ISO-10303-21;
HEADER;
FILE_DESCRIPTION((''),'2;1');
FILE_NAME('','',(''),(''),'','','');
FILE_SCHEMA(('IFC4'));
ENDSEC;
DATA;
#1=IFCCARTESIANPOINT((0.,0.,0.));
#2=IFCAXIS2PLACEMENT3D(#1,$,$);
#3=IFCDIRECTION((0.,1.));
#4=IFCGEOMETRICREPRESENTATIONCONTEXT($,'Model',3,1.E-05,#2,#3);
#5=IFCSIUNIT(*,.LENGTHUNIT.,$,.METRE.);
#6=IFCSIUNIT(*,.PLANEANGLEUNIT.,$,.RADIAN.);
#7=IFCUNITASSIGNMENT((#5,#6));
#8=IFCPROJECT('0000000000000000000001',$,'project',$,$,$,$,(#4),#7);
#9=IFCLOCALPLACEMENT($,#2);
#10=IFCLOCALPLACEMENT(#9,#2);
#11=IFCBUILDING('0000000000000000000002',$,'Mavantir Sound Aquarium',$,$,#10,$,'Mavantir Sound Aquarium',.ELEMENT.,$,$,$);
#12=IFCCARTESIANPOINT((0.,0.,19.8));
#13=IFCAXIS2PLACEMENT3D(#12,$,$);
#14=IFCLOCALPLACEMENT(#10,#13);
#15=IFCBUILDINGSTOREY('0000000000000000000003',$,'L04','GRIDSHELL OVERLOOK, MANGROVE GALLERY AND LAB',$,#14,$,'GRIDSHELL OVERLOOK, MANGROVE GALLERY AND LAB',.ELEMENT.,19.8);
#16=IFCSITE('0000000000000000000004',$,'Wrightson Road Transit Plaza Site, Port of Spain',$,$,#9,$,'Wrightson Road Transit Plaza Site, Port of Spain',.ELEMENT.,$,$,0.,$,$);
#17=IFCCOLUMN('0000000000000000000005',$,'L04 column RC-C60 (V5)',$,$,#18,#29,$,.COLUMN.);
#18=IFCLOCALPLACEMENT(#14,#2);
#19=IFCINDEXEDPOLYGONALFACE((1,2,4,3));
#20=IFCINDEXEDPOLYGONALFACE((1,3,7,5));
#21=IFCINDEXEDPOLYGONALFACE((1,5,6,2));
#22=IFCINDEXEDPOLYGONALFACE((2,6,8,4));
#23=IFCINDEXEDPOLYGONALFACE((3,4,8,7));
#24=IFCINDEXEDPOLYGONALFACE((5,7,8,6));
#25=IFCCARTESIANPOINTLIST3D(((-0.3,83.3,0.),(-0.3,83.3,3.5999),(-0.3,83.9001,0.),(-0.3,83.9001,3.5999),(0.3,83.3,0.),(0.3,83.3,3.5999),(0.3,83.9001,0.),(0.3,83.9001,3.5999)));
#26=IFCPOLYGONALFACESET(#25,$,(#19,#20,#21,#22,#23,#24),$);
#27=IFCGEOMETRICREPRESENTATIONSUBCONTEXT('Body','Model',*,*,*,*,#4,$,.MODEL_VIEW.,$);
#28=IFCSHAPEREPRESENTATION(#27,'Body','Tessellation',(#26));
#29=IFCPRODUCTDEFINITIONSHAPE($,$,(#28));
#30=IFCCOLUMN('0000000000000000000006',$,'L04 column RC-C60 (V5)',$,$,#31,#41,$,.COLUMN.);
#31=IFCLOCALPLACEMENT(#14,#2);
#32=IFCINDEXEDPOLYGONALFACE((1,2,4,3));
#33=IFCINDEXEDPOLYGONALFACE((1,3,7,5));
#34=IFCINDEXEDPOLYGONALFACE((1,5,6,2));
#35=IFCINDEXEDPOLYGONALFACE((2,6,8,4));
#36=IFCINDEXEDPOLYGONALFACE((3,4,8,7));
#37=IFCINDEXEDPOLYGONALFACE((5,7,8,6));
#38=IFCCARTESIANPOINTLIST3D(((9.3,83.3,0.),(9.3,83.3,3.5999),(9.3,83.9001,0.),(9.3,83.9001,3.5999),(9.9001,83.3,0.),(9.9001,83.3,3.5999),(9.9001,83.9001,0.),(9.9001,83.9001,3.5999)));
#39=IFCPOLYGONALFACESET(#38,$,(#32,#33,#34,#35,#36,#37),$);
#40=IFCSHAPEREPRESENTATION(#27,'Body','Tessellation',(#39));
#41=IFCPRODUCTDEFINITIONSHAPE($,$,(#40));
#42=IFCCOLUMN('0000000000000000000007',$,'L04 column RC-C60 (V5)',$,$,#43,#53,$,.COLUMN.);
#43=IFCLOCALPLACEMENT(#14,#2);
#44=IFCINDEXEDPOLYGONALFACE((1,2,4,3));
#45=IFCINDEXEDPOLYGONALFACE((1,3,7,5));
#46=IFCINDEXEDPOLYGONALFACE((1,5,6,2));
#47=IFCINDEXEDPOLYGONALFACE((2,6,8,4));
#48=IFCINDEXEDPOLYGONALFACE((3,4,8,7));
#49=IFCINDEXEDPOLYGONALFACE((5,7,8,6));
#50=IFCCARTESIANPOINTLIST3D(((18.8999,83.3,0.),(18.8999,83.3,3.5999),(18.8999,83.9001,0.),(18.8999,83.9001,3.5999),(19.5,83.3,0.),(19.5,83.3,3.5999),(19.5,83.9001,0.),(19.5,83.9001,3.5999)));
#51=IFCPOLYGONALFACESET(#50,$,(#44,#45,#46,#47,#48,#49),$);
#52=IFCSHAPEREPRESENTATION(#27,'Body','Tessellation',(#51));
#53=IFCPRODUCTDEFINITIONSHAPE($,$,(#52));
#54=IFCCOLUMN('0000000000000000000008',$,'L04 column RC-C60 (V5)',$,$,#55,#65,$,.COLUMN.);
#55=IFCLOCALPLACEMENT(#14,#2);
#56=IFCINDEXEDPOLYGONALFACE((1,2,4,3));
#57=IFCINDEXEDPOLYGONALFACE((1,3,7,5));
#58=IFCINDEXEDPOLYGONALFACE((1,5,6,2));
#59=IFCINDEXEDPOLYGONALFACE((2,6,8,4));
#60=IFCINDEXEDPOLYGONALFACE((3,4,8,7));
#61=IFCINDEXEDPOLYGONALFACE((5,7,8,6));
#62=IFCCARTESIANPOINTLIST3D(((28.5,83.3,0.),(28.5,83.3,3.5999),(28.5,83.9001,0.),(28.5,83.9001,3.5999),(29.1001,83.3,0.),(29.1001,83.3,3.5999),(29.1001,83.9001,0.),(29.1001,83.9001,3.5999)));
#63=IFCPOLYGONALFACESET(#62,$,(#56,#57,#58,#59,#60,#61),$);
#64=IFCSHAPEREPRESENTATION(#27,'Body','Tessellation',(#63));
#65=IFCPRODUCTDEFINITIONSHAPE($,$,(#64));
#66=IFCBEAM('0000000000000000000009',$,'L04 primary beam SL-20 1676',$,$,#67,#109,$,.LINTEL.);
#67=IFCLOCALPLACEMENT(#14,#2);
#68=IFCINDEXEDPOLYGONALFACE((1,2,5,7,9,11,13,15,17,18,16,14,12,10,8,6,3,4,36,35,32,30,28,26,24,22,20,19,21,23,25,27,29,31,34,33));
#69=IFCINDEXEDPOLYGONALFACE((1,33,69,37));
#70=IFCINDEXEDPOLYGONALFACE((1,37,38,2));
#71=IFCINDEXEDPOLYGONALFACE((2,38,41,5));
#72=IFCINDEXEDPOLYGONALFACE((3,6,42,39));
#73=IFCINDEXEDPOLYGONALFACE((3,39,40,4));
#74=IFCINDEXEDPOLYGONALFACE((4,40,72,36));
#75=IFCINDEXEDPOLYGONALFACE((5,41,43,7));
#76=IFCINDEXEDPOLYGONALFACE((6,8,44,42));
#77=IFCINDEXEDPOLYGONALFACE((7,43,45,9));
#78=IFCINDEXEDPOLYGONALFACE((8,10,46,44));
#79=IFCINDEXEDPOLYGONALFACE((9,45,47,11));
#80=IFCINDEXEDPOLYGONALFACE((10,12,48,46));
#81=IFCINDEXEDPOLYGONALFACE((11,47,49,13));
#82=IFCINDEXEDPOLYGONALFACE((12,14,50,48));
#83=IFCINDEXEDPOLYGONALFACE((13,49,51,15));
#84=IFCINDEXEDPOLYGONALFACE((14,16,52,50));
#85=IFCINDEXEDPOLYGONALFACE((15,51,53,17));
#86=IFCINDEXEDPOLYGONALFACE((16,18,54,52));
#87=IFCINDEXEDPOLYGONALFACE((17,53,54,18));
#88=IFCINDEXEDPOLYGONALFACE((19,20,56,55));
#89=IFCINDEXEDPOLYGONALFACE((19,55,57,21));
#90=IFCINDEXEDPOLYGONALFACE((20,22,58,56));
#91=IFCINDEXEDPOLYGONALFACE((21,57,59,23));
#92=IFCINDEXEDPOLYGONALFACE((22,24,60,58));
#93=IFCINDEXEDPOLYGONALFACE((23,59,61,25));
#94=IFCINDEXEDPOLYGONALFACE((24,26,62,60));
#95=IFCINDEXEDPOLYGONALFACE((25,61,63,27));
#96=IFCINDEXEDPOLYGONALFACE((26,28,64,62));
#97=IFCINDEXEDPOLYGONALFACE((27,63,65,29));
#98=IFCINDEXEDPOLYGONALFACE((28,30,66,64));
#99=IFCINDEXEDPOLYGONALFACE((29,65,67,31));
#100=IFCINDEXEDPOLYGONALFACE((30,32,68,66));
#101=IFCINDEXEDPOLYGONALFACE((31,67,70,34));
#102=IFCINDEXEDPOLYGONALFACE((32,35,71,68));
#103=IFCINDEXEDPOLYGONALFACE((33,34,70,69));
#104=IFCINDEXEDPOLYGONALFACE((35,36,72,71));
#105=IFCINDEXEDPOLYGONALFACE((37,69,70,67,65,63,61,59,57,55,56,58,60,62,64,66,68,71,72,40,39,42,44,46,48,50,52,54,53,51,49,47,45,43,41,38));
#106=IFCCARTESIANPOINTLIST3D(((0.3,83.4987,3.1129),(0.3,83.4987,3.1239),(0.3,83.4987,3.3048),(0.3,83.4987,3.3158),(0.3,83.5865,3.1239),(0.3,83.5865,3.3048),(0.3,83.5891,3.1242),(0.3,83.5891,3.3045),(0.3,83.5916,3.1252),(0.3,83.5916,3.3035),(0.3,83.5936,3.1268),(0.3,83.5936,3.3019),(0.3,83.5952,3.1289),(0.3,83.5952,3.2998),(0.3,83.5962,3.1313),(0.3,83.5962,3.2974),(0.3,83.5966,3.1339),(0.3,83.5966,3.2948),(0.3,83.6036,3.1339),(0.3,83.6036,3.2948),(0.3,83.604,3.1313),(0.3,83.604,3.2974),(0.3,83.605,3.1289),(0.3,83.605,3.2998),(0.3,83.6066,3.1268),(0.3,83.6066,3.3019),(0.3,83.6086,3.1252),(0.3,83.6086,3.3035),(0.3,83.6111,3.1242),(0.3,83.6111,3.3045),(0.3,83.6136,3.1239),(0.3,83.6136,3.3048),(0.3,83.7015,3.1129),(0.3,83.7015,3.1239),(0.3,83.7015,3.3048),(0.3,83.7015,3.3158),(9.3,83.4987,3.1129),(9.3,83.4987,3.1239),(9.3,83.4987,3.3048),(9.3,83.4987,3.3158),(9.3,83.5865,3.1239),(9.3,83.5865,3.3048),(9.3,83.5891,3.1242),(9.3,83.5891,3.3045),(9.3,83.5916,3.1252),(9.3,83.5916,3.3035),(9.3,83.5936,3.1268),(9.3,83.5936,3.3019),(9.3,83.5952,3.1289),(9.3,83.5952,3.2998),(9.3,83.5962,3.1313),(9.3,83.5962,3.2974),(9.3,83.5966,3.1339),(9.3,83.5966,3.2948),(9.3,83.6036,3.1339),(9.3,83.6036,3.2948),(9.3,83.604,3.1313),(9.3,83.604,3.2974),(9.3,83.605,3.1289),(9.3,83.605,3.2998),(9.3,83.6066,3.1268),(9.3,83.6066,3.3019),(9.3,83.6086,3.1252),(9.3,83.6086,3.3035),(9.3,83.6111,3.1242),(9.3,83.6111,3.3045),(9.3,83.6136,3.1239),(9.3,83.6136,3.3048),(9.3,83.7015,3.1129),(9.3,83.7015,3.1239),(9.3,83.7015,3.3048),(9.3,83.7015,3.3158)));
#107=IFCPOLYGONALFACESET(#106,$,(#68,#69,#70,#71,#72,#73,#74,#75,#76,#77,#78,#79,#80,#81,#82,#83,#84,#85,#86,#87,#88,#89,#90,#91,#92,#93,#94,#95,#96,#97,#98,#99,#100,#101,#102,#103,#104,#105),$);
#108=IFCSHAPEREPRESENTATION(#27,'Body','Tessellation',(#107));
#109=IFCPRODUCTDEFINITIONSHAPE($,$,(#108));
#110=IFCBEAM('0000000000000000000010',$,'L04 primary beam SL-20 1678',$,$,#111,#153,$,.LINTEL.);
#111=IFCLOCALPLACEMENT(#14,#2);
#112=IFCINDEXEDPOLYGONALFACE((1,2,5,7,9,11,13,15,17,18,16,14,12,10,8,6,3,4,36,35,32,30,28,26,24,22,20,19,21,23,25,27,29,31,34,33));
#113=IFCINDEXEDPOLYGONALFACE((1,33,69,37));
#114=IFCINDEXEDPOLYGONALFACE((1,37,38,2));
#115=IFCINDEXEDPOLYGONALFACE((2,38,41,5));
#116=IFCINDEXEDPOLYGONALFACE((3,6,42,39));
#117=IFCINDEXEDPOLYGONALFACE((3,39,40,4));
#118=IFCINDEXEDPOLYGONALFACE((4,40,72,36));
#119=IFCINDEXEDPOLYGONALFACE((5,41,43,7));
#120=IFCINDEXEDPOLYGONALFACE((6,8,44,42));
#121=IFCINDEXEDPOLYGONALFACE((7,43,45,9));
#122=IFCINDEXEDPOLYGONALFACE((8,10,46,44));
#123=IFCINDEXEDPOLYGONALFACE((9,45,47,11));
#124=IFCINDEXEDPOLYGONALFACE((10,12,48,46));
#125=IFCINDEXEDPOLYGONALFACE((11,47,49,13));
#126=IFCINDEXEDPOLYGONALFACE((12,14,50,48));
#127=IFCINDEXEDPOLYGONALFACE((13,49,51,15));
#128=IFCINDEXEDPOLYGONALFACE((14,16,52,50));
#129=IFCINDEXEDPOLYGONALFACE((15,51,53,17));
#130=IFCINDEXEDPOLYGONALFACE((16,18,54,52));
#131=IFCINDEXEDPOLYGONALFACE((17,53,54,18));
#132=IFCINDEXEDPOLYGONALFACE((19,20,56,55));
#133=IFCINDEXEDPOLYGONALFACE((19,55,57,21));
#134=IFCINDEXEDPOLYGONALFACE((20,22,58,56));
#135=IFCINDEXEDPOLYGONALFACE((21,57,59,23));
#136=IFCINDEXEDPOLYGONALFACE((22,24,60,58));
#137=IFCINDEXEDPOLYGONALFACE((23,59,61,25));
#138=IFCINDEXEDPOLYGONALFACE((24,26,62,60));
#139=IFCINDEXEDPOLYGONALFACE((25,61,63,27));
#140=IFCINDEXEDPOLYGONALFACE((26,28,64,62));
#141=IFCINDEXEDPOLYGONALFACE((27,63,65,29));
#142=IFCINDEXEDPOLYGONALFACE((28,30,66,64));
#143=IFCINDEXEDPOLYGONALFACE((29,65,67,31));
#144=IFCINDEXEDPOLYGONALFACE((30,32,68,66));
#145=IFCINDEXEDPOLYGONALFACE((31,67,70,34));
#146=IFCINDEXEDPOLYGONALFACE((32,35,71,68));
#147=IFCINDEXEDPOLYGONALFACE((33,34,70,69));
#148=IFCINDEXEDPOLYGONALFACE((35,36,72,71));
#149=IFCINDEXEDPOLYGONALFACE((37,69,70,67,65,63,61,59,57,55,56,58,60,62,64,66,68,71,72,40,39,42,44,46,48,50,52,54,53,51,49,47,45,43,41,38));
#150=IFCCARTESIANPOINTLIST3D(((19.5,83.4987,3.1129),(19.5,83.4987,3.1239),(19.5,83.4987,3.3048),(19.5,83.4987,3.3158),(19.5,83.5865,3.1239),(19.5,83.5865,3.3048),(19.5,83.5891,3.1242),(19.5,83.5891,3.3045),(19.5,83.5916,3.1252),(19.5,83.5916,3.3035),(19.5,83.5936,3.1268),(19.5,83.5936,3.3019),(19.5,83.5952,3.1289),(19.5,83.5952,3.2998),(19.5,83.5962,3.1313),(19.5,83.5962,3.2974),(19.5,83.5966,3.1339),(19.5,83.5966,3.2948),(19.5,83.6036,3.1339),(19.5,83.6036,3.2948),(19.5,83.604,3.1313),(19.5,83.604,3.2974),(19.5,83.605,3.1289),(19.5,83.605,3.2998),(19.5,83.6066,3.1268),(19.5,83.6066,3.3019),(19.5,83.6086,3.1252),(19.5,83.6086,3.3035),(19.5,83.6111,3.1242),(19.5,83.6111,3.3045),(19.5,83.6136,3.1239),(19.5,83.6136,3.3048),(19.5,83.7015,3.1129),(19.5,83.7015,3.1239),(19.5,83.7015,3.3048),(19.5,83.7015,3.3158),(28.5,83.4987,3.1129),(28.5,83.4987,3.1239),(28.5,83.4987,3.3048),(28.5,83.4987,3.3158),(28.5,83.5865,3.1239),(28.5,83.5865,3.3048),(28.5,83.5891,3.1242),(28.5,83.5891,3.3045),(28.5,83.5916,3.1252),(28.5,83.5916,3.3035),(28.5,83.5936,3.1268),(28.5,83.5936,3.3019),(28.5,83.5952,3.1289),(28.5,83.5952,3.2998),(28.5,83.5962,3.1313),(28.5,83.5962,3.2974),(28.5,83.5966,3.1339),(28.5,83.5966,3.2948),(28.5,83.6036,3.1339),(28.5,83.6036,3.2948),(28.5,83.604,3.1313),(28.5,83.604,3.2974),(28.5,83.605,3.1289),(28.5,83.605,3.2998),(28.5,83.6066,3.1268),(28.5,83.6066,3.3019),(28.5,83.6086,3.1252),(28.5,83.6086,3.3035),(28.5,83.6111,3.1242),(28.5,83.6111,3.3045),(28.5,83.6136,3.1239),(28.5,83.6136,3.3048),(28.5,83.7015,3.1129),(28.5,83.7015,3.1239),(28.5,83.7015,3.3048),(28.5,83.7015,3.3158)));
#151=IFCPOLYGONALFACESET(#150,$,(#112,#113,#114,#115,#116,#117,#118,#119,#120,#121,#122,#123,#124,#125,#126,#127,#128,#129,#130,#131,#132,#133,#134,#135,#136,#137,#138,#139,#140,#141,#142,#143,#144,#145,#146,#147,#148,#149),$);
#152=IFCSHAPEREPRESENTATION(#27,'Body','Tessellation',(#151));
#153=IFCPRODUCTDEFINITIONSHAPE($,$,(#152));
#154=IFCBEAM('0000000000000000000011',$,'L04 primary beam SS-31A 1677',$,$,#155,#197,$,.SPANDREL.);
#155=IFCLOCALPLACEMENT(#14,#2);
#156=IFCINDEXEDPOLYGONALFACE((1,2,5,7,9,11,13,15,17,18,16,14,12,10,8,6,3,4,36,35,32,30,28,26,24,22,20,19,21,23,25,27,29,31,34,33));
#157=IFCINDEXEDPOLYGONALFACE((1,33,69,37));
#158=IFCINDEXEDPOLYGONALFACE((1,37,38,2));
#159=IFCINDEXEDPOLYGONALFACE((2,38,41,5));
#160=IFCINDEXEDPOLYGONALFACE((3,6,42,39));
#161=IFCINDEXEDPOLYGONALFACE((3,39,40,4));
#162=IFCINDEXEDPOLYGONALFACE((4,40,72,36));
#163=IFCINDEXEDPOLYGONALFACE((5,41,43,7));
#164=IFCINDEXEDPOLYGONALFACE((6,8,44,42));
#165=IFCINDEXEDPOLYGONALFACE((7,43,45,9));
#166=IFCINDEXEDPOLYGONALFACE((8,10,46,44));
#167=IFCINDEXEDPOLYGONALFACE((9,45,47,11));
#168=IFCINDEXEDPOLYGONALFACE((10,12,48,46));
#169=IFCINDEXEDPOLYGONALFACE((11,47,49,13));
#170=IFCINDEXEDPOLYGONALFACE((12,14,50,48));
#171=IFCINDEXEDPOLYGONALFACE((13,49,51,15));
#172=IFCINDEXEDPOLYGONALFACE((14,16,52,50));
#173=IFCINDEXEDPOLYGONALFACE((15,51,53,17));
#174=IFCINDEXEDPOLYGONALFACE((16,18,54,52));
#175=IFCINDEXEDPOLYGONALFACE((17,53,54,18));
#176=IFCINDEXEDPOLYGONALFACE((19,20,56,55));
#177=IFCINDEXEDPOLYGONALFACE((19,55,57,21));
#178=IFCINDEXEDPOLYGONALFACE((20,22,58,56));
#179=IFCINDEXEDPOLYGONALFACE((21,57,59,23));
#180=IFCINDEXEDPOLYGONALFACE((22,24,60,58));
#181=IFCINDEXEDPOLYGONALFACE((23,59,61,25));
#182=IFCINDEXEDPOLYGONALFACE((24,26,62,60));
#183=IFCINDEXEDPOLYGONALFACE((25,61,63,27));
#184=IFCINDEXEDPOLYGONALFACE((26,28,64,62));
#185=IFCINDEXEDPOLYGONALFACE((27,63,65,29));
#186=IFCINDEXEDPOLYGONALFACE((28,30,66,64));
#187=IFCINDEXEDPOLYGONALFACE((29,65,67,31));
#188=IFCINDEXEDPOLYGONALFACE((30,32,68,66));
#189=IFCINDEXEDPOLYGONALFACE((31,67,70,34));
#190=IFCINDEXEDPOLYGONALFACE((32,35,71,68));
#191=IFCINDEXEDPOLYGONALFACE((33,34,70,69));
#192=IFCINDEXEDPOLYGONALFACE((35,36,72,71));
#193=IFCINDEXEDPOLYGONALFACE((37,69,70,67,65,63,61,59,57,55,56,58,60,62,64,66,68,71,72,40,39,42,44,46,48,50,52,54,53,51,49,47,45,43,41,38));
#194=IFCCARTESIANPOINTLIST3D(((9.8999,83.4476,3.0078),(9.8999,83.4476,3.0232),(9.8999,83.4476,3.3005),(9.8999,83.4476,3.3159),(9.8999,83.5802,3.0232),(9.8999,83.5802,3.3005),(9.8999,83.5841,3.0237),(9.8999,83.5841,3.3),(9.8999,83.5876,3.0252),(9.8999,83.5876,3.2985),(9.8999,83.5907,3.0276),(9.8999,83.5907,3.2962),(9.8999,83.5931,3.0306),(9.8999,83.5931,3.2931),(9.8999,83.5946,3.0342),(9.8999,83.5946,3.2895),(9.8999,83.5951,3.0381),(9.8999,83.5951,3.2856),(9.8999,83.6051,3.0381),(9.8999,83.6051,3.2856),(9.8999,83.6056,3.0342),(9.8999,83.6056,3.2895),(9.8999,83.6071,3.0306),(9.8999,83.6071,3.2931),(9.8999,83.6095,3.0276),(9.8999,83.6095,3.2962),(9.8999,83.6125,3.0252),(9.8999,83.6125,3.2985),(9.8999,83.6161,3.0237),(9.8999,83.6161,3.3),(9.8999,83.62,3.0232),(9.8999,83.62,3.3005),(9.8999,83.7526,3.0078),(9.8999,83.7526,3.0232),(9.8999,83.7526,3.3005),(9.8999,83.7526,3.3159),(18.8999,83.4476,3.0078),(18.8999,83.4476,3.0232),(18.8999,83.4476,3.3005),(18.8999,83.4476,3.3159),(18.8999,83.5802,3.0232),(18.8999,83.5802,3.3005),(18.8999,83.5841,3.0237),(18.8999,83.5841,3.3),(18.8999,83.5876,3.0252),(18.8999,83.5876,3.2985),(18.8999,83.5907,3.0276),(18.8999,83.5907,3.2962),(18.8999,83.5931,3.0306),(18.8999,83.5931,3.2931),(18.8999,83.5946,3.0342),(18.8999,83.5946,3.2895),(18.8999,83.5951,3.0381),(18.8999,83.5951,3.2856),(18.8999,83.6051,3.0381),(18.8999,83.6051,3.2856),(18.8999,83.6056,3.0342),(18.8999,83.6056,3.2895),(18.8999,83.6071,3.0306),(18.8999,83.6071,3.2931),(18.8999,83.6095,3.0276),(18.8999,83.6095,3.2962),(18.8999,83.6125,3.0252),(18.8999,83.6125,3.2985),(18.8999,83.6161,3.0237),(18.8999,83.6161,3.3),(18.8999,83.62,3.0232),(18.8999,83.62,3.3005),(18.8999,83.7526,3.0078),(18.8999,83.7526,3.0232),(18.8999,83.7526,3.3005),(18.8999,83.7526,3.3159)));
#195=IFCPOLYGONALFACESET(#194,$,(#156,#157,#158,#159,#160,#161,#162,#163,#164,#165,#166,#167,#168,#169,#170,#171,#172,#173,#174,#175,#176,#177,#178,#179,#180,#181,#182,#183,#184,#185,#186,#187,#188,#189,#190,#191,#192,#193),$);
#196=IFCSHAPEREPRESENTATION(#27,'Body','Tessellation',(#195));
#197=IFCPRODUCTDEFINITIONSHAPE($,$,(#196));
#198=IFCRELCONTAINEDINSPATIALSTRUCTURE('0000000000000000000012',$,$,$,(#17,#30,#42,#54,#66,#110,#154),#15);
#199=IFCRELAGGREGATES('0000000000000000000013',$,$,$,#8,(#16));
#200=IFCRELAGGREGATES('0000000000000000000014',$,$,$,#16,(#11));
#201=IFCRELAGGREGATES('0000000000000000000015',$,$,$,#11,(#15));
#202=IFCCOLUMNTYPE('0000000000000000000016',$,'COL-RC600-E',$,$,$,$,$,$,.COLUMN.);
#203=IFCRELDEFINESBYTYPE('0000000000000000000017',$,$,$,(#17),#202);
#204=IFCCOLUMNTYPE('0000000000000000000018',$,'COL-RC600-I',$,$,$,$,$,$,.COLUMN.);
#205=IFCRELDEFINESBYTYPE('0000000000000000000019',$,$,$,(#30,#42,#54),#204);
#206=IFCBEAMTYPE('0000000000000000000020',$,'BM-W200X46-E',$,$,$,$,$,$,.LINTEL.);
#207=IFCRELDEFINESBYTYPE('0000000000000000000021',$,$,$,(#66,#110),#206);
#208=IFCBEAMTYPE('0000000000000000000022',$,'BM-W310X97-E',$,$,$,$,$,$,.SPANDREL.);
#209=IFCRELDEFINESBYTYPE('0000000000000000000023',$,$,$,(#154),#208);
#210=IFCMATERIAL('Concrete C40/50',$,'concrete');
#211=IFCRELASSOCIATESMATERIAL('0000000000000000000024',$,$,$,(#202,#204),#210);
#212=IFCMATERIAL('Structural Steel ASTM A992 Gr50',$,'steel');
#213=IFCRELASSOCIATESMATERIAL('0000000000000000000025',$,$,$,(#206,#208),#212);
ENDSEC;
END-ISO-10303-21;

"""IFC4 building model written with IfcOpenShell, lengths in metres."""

from ifc_helpers import new_model, si_unit, direction, frame, origin, origin_2d, place, context, subcontext, project, spatial, rectangle, i_section, extrude, material, material_profile, profile_set, type_object, element, save


model = new_model("IFC4")

# Units and contexts
model_context = context("Model", 3, precision=1e-05, world=origin(), true_north=direction((0.0, 1.0)))
body_context = subcontext(model_context, "Body", "Model", "MODEL_VIEW")
ifc_project = project(units=[si_unit("LENGTHUNIT", "METRE"), si_unit("PLANEANGLEUNIT", "RADIAN")], contexts=[model_context])

# Site, building, storey
site_placement = place(None, origin())
site = spatial("IfcSite", under=ifc_project, at=site_placement, Name="Wrightson Road Transit Plaza Site, Port of Spain", LongName="Wrightson Road Transit Plaza Site, Port of Spain", CompositionType="ELEMENT", RefElevation=0.0)
building_placement = place(site_placement, origin())
building = spatial("IfcBuilding", under=site, at=building_placement, Name="Mavantir Sound Aquarium", LongName="Mavantir Sound Aquarium", CompositionType="ELEMENT")
storey_placement = place(building_placement, frame((0.0, 0.0, 19.8)))
storey = spatial("IfcBuildingStorey", under=building, at=storey_placement, Name="L04", Description="GRIDSHELL OVERLOOK, MANGROVE GALLERY AND LAB", LongName="GRIDSHELL OVERLOOK, MANGROVE GALLERY AND LAB", CompositionType="ELEMENT", Elevation=19.8)

# Columns
ifc_material_1 = material(Name="Concrete C40/50", Category="concrete")
ifc_material_profile_1 = material_profile(ifc_material_1, rectangle(XDim=0.6001, YDim=0.6001, at=origin_2d()), Name="RC 600X600")
ifc_profile_set_1 = profile_set([ifc_material_profile_1], Name="Concrete C40/50")
column_type_1 = type_object("IfcColumnType", Name="COL-RC600-E", PredefinedType="COLUMN", material=ifc_profile_set_1)
column_placement = place(storey_placement, frame((0.0, 83.6001, 0.0), z_axis=(0.0, 0.0, 1.0), x_axis=(1.0, 0.0, 0.0)))
element("IfcColumn", 1, at=column_placement, inside=storey, type_object=column_type_1, Name="L04 column RC-C60 (V5)", PredefinedType="COLUMN", context=body_context, shape_type="SweptSolid", body=[
    extrude(rectangle(XDim=0.6001, YDim=0.6001, at=origin_2d()), origin(), (0.0, 0.0, 1.0), 3.5999),
])
ifc_material_profile_2 = material_profile(ifc_material_1, rectangle(XDim=0.6001, YDim=0.6001, at=origin_2d()), Name="RC 600X600")
ifc_profile_set_2 = profile_set([ifc_material_profile_2], Name="Concrete C40/50")
column_type_2 = type_object("IfcColumnType", Name="COL-RC600-I", PredefinedType="COLUMN", material=ifc_profile_set_2)
for number, where, z_axis, x_axis, name in (
    (2, (9.6001, 83.6001, 0.0), (0.0, 0.0, 1.0), (1.0, 0.0, 0.0), "L04 column RC-C60 (V5)"),
    (3, (19.2, 83.6001, 0.0), (0.0, 0.0, 1.0), (1.0, 0.0, 0.0), "L04 column RC-C60 (V5)"),
    (4, (28.8, 83.6001, 0.0), (0.0, 0.0, 1.0), (1.0, 0.0, 0.0), "L04 column RC-C60 (V5)"),
):
    element("IfcColumn", number, at=place(storey_placement, frame(where, z_axis=z_axis, x_axis=x_axis)), inside=storey, type_object=column_type_2, Name=name, PredefinedType="COLUMN", context=body_context, shape_type="SweptSolid", body=[
        extrude(rectangle(XDim=0.6001, YDim=0.6001, at=origin_2d()), origin(), (0.0, 0.0, 1.0), 3.5999),
    ])

# Beams
ifc_material_2 = material(Name="Structural Steel ASTM A992 Gr50", Category="steel")
ifc_material_profile_3 = material_profile(ifc_material_2, i_section(OverallWidth=0.2029, OverallDepth=0.2029, WebThickness=0.0071, FlangeThickness=0.011, FilletRadius=0.01, at=origin_2d()), Name="W200X46")
ifc_profile_set_3 = profile_set([ifc_material_profile_3], Name="Structural Steel ASTM A992 Gr50")
beam_type_1 = type_object("IfcBeamType", Name="BM-W200X46-E", PredefinedType="LINTEL", material=ifc_profile_set_3)
for number, where, z_axis, x_axis, name in (
    (5, (0.3, 83.6001, 3.2144), (1.0, 0.0, 0.0), (0.0, 1.0, 0.0), "L04 primary beam SL-20 1676"),
    (6, (19.5, 83.6001, 3.2144), (1.0, 0.0, 0.0), (0.0, 1.0, 0.0), "L04 primary beam SL-20 1678"),
):
    element("IfcBeam", number, at=place(storey_placement, frame(where, z_axis=z_axis, x_axis=x_axis)), inside=storey, type_object=beam_type_1, Name=name, PredefinedType="LINTEL", context=body_context, shape_type="SweptSolid", body=[
        extrude(i_section(OverallWidth=0.2029, OverallDepth=0.2029, WebThickness=0.0071, FlangeThickness=0.011, FilletRadius=0.01, at=origin_2d()), origin(), (0.0, 0.0, 1.0), 9.0),
    ])
ifc_material_profile_4 = material_profile(ifc_material_2, i_section(OverallWidth=0.3049, OverallDepth=0.3081, WebThickness=0.01, FlangeThickness=0.0154, FilletRadius=0.0149, at=origin_2d()), Name="W310X97")
ifc_profile_set_4 = profile_set([ifc_material_profile_4], Name="Structural Steel ASTM A992 Gr50")
beam_type_2 = type_object("IfcBeamType", Name="BM-W310X97-E", PredefinedType="SPANDREL", material=ifc_profile_set_4)
beam_placement = place(storey_placement, frame((9.8999, 83.6001, 3.1619), z_axis=(1.0, 0.0, 0.0), x_axis=(0.0, 1.0, 0.0)))
element("IfcBeam", 7, at=beam_placement, inside=storey, type_object=beam_type_2, Name="L04 primary beam SS-31A 1677", PredefinedType="SPANDREL", context=body_context, shape_type="SweptSolid", body=[
    extrude(i_section(OverallWidth=0.3049, OverallDepth=0.3081, WebThickness=0.01, FlangeThickness=0.0154, FilletRadius=0.0149, at=origin_2d()), origin(), (0.0, 0.0, 1.0), 9.0),
])

save(model, "model.ifc")
